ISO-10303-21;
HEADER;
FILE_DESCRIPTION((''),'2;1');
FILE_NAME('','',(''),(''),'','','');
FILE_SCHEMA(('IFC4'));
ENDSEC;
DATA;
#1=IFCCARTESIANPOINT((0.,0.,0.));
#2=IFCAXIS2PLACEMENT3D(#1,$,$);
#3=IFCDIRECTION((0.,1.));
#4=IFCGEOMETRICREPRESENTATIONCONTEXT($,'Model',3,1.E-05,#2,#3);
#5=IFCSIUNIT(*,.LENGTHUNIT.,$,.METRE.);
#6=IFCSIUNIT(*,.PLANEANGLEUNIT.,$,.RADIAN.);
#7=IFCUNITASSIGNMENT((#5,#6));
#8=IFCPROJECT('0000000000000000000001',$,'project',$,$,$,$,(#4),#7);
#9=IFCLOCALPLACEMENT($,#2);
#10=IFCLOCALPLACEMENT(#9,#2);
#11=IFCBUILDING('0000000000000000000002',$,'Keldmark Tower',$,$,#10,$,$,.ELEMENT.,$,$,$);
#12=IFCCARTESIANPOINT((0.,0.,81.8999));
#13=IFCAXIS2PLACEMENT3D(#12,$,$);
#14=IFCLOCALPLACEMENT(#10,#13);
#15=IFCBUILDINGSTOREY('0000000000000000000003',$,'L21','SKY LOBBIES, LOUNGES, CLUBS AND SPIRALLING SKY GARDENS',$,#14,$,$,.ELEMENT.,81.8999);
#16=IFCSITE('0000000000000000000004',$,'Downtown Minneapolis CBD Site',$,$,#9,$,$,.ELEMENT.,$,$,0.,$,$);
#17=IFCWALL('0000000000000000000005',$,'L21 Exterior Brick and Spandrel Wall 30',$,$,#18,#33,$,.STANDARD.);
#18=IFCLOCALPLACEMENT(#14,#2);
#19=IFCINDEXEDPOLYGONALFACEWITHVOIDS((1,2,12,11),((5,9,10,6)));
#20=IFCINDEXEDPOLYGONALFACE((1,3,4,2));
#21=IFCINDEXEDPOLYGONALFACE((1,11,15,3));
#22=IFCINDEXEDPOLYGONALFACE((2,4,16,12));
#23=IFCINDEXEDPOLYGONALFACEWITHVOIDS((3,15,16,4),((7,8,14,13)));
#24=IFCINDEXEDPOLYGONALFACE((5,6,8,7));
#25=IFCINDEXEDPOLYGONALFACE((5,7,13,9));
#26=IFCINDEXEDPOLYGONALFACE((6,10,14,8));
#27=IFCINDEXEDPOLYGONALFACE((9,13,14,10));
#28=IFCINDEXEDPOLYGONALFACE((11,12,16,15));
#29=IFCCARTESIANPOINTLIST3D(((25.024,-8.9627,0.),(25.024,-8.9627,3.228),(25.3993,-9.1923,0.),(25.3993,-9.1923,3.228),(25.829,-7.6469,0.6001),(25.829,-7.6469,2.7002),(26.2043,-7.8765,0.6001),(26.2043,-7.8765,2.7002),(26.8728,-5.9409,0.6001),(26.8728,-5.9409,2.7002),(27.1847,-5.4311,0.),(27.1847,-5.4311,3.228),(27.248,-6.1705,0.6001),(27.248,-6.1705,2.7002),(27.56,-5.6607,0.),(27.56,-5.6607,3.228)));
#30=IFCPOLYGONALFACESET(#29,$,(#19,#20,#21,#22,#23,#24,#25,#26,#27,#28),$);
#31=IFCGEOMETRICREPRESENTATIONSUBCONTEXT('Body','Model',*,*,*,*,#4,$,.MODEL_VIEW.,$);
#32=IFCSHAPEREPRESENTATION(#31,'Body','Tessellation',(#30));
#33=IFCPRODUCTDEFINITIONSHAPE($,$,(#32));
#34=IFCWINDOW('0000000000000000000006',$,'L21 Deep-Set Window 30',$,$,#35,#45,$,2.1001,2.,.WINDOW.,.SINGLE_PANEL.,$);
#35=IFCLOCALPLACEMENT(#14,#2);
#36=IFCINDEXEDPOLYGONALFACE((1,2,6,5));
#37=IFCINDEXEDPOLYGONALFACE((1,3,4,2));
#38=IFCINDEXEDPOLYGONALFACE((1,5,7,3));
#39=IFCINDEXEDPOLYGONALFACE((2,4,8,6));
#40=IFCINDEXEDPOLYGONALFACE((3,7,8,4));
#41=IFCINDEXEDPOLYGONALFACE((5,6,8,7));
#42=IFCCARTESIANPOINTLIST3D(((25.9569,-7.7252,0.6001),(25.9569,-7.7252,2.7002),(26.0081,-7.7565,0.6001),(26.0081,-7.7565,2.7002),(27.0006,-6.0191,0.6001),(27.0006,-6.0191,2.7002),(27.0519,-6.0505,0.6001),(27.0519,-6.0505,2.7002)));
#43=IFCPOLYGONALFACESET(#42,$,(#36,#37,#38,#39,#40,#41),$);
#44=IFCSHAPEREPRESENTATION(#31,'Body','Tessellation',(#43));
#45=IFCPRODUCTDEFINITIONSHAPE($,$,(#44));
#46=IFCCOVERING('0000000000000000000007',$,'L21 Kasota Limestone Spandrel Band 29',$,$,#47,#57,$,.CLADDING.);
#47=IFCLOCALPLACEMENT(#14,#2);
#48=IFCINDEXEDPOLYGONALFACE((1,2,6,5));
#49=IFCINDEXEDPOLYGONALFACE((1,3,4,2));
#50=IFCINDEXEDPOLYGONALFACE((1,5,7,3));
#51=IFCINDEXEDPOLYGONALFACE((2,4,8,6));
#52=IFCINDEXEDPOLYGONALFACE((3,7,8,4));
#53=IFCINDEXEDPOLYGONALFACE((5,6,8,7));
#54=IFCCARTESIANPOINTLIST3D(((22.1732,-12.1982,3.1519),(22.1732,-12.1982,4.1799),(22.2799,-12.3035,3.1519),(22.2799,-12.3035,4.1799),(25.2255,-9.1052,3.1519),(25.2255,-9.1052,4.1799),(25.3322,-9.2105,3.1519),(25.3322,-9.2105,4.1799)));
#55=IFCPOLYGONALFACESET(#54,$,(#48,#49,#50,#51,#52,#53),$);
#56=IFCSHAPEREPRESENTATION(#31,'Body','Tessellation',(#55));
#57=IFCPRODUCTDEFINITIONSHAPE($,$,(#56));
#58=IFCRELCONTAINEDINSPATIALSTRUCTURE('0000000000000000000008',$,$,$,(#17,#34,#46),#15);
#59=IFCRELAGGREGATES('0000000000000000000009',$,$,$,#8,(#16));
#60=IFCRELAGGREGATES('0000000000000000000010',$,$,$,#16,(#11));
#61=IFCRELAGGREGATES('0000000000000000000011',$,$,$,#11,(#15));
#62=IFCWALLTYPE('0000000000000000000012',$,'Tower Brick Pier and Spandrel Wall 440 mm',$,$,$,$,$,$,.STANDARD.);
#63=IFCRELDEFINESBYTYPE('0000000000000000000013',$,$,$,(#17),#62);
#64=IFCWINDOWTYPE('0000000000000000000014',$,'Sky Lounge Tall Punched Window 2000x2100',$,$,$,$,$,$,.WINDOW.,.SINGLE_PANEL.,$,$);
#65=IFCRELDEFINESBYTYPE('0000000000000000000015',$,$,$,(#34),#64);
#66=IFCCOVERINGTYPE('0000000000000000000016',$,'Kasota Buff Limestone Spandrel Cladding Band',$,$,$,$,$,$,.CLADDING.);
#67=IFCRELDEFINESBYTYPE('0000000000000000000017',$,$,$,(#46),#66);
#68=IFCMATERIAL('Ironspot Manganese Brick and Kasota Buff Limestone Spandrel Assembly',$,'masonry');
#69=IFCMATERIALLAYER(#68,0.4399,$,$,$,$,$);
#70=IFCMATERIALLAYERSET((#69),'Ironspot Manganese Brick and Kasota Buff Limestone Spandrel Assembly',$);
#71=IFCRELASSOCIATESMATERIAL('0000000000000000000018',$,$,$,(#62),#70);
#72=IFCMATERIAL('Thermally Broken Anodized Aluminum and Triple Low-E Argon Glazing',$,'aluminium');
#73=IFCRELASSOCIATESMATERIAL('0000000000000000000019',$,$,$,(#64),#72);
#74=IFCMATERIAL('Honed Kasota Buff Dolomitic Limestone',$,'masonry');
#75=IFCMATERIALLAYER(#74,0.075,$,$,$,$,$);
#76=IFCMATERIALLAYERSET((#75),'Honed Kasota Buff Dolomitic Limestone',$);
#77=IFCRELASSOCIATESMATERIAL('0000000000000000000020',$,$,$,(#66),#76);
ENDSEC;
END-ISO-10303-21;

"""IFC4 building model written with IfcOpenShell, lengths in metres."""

from ifc_helpers import new_model, si_unit, direction, frame, frame_2d, origin, origin_2d, place, context, subcontext, project, spatial, rectangle, extrude, material, layer, layer_set, type_object, element, fill, save


model = new_model("IFC4")

# Units and contexts
model_context = context("Model", 3, precision=1e-05, world=origin(), true_north=direction((0.0, 1.0)))
body_context = subcontext(model_context, "Body", "Model", "MODEL_VIEW")
ifc_project = project(units=[si_unit("LENGTHUNIT", "METRE"), si_unit("PLANEANGLEUNIT", "RADIAN")], contexts=[model_context])

# Site, building, storey
site_placement = place(None, origin())
site = spatial("IfcSite", under=ifc_project, at=site_placement, Name="Downtown Minneapolis CBD Site", CompositionType="ELEMENT", RefElevation=0.0)
building_placement = place(site_placement, origin())
building = spatial("IfcBuilding", under=site, at=building_placement, Name="Keldmark Tower", CompositionType="ELEMENT")
storey_placement = place(building_placement, frame((0.0, 0.0, 81.8999)))
storey = spatial("IfcBuildingStorey", under=building, at=storey_placement, Name="L21", Description="SKY LOBBIES, LOUNGES, CLUBS AND SPIRALLING SKY GARDENS", CompositionType="ELEMENT", Elevation=81.8999)

# Wall, opening, window
ifc_material_1 = material(Name="Ironspot Manganese Brick and Kasota Buff Limestone Spandrel Assembly", Category="masonry")
ifc_layer_1 = layer(ifc_material_1, 0.4399)
ifc_layer_set_1 = layer_set([ifc_layer_1], Name="Ironspot Manganese Brick and Kasota Buff Limestone Spandrel Assembly")
wall_type = type_object("IfcWallType", Name="Tower Brick Pier and Spandrel Wall 440 mm", PredefinedType="STANDARD", material=ifc_layer_set_1)
ifc_material_2 = material(Name="Thermally Broken Anodized Aluminum and Triple Low-E Argon Glazing", Category="aluminium")
window_type = type_object("IfcWindowType", Name="Sky Lounge Tall Punched Window 2000x2100", PartitioningType="SINGLE_PANEL", PredefinedType="WINDOW", material=ifc_material_2)
wall_1_placement = place(storey_placement, frame((27.3723, -5.5459, 0.0), z_axis=(0.0, 0.0, 1.0), x_axis=(-0.521891, -0.853012, 0.0)))
wall_1 = element("IfcWall", 1, at=wall_1_placement, inside=storey, type_object=wall_type, Name="L21 Exterior Brick and Spandrel Wall 30", PredefinedType="STANDARD", context=body_context, shape_type="SweptSolid", body=[
    extrude(rectangle(XDim=4.1401, YDim=0.4399, at=frame_2d((2.0701, 0.0))), origin(), (0.0, 0.0, 1.0), 3.228),
])
opening_1_placement = place(wall_1_placement, frame((0.5977, 0.0, 0.6001)))
opening_1 = element("IfcOpeningElement", 2, at=opening_1_placement, cuts=wall_1, PredefinedType="OPENING", context=body_context, shape_type="SweptSolid", body=[
    extrude(rectangle(XDim=2.0, YDim=2.1001, at=frame_2d((1.0, 1.05))), frame((0.0, 0.23, 0.0), z_axis=(0.0, -1.0, 0.0), x_axis=(1.0, 0.0, 0.0)), (0.0, 0.0, 1.0), 0.46),
])
window_1_placement = place(opening_1_placement, origin())
window_1 = element("IfcWindow", 3, at=window_1_placement, inside=storey, type_object=window_type, Name="L21 Deep-Set Window 30", OverallHeight=2.1001, OverallWidth=2.0, PartitioningType="SINGLE_PANEL", PredefinedType="WINDOW", context=body_context, shape_type="SweptSolid", body=[
    extrude(rectangle(XDim=2.0, YDim=2.1001, at=frame_2d((1.0, 1.05))), frame((0.0, -0.01, 0.0), z_axis=(0.0, -1.0, 0.0), x_axis=(1.0, 0.0, 0.0)), (0.0, 0.0, 1.0), 0.0601),
])
fill(opening_1, window_1)

# Covering
ifc_material_3 = material(Name="Honed Kasota Buff Dolomitic Limestone", Category="masonry")
ifc_layer_2 = layer(ifc_material_3, 0.075)
ifc_layer_set_2 = layer_set([ifc_layer_2], Name="Honed Kasota Buff Dolomitic Limestone")
covering_type = type_object("IfcCoveringType", Name="Kasota Buff Limestone Spandrel Cladding Band", PredefinedType="CLADDING", material=ifc_layer_set_2)
covering_placement = place(storey_placement, frame((23.7527, -10.7043, 3.1519), z_axis=(0.0, 0.0, 1.0), x_axis=(0.702402, 0.711781, 0.0)))
element("IfcCovering", 4, at=covering_placement, inside=storey, type_object=covering_type, Name="L21 Kasota Limestone Spandrel Band 29", PredefinedType="CLADDING", context=body_context, shape_type="SweptSolid", body=[
    extrude(rectangle(XDim=4.3455, YDim=0.1499, at=origin_2d()), origin(), (0.0, 0.0, 1.0), 1.0281),
])

save(model, "model.ifc")
